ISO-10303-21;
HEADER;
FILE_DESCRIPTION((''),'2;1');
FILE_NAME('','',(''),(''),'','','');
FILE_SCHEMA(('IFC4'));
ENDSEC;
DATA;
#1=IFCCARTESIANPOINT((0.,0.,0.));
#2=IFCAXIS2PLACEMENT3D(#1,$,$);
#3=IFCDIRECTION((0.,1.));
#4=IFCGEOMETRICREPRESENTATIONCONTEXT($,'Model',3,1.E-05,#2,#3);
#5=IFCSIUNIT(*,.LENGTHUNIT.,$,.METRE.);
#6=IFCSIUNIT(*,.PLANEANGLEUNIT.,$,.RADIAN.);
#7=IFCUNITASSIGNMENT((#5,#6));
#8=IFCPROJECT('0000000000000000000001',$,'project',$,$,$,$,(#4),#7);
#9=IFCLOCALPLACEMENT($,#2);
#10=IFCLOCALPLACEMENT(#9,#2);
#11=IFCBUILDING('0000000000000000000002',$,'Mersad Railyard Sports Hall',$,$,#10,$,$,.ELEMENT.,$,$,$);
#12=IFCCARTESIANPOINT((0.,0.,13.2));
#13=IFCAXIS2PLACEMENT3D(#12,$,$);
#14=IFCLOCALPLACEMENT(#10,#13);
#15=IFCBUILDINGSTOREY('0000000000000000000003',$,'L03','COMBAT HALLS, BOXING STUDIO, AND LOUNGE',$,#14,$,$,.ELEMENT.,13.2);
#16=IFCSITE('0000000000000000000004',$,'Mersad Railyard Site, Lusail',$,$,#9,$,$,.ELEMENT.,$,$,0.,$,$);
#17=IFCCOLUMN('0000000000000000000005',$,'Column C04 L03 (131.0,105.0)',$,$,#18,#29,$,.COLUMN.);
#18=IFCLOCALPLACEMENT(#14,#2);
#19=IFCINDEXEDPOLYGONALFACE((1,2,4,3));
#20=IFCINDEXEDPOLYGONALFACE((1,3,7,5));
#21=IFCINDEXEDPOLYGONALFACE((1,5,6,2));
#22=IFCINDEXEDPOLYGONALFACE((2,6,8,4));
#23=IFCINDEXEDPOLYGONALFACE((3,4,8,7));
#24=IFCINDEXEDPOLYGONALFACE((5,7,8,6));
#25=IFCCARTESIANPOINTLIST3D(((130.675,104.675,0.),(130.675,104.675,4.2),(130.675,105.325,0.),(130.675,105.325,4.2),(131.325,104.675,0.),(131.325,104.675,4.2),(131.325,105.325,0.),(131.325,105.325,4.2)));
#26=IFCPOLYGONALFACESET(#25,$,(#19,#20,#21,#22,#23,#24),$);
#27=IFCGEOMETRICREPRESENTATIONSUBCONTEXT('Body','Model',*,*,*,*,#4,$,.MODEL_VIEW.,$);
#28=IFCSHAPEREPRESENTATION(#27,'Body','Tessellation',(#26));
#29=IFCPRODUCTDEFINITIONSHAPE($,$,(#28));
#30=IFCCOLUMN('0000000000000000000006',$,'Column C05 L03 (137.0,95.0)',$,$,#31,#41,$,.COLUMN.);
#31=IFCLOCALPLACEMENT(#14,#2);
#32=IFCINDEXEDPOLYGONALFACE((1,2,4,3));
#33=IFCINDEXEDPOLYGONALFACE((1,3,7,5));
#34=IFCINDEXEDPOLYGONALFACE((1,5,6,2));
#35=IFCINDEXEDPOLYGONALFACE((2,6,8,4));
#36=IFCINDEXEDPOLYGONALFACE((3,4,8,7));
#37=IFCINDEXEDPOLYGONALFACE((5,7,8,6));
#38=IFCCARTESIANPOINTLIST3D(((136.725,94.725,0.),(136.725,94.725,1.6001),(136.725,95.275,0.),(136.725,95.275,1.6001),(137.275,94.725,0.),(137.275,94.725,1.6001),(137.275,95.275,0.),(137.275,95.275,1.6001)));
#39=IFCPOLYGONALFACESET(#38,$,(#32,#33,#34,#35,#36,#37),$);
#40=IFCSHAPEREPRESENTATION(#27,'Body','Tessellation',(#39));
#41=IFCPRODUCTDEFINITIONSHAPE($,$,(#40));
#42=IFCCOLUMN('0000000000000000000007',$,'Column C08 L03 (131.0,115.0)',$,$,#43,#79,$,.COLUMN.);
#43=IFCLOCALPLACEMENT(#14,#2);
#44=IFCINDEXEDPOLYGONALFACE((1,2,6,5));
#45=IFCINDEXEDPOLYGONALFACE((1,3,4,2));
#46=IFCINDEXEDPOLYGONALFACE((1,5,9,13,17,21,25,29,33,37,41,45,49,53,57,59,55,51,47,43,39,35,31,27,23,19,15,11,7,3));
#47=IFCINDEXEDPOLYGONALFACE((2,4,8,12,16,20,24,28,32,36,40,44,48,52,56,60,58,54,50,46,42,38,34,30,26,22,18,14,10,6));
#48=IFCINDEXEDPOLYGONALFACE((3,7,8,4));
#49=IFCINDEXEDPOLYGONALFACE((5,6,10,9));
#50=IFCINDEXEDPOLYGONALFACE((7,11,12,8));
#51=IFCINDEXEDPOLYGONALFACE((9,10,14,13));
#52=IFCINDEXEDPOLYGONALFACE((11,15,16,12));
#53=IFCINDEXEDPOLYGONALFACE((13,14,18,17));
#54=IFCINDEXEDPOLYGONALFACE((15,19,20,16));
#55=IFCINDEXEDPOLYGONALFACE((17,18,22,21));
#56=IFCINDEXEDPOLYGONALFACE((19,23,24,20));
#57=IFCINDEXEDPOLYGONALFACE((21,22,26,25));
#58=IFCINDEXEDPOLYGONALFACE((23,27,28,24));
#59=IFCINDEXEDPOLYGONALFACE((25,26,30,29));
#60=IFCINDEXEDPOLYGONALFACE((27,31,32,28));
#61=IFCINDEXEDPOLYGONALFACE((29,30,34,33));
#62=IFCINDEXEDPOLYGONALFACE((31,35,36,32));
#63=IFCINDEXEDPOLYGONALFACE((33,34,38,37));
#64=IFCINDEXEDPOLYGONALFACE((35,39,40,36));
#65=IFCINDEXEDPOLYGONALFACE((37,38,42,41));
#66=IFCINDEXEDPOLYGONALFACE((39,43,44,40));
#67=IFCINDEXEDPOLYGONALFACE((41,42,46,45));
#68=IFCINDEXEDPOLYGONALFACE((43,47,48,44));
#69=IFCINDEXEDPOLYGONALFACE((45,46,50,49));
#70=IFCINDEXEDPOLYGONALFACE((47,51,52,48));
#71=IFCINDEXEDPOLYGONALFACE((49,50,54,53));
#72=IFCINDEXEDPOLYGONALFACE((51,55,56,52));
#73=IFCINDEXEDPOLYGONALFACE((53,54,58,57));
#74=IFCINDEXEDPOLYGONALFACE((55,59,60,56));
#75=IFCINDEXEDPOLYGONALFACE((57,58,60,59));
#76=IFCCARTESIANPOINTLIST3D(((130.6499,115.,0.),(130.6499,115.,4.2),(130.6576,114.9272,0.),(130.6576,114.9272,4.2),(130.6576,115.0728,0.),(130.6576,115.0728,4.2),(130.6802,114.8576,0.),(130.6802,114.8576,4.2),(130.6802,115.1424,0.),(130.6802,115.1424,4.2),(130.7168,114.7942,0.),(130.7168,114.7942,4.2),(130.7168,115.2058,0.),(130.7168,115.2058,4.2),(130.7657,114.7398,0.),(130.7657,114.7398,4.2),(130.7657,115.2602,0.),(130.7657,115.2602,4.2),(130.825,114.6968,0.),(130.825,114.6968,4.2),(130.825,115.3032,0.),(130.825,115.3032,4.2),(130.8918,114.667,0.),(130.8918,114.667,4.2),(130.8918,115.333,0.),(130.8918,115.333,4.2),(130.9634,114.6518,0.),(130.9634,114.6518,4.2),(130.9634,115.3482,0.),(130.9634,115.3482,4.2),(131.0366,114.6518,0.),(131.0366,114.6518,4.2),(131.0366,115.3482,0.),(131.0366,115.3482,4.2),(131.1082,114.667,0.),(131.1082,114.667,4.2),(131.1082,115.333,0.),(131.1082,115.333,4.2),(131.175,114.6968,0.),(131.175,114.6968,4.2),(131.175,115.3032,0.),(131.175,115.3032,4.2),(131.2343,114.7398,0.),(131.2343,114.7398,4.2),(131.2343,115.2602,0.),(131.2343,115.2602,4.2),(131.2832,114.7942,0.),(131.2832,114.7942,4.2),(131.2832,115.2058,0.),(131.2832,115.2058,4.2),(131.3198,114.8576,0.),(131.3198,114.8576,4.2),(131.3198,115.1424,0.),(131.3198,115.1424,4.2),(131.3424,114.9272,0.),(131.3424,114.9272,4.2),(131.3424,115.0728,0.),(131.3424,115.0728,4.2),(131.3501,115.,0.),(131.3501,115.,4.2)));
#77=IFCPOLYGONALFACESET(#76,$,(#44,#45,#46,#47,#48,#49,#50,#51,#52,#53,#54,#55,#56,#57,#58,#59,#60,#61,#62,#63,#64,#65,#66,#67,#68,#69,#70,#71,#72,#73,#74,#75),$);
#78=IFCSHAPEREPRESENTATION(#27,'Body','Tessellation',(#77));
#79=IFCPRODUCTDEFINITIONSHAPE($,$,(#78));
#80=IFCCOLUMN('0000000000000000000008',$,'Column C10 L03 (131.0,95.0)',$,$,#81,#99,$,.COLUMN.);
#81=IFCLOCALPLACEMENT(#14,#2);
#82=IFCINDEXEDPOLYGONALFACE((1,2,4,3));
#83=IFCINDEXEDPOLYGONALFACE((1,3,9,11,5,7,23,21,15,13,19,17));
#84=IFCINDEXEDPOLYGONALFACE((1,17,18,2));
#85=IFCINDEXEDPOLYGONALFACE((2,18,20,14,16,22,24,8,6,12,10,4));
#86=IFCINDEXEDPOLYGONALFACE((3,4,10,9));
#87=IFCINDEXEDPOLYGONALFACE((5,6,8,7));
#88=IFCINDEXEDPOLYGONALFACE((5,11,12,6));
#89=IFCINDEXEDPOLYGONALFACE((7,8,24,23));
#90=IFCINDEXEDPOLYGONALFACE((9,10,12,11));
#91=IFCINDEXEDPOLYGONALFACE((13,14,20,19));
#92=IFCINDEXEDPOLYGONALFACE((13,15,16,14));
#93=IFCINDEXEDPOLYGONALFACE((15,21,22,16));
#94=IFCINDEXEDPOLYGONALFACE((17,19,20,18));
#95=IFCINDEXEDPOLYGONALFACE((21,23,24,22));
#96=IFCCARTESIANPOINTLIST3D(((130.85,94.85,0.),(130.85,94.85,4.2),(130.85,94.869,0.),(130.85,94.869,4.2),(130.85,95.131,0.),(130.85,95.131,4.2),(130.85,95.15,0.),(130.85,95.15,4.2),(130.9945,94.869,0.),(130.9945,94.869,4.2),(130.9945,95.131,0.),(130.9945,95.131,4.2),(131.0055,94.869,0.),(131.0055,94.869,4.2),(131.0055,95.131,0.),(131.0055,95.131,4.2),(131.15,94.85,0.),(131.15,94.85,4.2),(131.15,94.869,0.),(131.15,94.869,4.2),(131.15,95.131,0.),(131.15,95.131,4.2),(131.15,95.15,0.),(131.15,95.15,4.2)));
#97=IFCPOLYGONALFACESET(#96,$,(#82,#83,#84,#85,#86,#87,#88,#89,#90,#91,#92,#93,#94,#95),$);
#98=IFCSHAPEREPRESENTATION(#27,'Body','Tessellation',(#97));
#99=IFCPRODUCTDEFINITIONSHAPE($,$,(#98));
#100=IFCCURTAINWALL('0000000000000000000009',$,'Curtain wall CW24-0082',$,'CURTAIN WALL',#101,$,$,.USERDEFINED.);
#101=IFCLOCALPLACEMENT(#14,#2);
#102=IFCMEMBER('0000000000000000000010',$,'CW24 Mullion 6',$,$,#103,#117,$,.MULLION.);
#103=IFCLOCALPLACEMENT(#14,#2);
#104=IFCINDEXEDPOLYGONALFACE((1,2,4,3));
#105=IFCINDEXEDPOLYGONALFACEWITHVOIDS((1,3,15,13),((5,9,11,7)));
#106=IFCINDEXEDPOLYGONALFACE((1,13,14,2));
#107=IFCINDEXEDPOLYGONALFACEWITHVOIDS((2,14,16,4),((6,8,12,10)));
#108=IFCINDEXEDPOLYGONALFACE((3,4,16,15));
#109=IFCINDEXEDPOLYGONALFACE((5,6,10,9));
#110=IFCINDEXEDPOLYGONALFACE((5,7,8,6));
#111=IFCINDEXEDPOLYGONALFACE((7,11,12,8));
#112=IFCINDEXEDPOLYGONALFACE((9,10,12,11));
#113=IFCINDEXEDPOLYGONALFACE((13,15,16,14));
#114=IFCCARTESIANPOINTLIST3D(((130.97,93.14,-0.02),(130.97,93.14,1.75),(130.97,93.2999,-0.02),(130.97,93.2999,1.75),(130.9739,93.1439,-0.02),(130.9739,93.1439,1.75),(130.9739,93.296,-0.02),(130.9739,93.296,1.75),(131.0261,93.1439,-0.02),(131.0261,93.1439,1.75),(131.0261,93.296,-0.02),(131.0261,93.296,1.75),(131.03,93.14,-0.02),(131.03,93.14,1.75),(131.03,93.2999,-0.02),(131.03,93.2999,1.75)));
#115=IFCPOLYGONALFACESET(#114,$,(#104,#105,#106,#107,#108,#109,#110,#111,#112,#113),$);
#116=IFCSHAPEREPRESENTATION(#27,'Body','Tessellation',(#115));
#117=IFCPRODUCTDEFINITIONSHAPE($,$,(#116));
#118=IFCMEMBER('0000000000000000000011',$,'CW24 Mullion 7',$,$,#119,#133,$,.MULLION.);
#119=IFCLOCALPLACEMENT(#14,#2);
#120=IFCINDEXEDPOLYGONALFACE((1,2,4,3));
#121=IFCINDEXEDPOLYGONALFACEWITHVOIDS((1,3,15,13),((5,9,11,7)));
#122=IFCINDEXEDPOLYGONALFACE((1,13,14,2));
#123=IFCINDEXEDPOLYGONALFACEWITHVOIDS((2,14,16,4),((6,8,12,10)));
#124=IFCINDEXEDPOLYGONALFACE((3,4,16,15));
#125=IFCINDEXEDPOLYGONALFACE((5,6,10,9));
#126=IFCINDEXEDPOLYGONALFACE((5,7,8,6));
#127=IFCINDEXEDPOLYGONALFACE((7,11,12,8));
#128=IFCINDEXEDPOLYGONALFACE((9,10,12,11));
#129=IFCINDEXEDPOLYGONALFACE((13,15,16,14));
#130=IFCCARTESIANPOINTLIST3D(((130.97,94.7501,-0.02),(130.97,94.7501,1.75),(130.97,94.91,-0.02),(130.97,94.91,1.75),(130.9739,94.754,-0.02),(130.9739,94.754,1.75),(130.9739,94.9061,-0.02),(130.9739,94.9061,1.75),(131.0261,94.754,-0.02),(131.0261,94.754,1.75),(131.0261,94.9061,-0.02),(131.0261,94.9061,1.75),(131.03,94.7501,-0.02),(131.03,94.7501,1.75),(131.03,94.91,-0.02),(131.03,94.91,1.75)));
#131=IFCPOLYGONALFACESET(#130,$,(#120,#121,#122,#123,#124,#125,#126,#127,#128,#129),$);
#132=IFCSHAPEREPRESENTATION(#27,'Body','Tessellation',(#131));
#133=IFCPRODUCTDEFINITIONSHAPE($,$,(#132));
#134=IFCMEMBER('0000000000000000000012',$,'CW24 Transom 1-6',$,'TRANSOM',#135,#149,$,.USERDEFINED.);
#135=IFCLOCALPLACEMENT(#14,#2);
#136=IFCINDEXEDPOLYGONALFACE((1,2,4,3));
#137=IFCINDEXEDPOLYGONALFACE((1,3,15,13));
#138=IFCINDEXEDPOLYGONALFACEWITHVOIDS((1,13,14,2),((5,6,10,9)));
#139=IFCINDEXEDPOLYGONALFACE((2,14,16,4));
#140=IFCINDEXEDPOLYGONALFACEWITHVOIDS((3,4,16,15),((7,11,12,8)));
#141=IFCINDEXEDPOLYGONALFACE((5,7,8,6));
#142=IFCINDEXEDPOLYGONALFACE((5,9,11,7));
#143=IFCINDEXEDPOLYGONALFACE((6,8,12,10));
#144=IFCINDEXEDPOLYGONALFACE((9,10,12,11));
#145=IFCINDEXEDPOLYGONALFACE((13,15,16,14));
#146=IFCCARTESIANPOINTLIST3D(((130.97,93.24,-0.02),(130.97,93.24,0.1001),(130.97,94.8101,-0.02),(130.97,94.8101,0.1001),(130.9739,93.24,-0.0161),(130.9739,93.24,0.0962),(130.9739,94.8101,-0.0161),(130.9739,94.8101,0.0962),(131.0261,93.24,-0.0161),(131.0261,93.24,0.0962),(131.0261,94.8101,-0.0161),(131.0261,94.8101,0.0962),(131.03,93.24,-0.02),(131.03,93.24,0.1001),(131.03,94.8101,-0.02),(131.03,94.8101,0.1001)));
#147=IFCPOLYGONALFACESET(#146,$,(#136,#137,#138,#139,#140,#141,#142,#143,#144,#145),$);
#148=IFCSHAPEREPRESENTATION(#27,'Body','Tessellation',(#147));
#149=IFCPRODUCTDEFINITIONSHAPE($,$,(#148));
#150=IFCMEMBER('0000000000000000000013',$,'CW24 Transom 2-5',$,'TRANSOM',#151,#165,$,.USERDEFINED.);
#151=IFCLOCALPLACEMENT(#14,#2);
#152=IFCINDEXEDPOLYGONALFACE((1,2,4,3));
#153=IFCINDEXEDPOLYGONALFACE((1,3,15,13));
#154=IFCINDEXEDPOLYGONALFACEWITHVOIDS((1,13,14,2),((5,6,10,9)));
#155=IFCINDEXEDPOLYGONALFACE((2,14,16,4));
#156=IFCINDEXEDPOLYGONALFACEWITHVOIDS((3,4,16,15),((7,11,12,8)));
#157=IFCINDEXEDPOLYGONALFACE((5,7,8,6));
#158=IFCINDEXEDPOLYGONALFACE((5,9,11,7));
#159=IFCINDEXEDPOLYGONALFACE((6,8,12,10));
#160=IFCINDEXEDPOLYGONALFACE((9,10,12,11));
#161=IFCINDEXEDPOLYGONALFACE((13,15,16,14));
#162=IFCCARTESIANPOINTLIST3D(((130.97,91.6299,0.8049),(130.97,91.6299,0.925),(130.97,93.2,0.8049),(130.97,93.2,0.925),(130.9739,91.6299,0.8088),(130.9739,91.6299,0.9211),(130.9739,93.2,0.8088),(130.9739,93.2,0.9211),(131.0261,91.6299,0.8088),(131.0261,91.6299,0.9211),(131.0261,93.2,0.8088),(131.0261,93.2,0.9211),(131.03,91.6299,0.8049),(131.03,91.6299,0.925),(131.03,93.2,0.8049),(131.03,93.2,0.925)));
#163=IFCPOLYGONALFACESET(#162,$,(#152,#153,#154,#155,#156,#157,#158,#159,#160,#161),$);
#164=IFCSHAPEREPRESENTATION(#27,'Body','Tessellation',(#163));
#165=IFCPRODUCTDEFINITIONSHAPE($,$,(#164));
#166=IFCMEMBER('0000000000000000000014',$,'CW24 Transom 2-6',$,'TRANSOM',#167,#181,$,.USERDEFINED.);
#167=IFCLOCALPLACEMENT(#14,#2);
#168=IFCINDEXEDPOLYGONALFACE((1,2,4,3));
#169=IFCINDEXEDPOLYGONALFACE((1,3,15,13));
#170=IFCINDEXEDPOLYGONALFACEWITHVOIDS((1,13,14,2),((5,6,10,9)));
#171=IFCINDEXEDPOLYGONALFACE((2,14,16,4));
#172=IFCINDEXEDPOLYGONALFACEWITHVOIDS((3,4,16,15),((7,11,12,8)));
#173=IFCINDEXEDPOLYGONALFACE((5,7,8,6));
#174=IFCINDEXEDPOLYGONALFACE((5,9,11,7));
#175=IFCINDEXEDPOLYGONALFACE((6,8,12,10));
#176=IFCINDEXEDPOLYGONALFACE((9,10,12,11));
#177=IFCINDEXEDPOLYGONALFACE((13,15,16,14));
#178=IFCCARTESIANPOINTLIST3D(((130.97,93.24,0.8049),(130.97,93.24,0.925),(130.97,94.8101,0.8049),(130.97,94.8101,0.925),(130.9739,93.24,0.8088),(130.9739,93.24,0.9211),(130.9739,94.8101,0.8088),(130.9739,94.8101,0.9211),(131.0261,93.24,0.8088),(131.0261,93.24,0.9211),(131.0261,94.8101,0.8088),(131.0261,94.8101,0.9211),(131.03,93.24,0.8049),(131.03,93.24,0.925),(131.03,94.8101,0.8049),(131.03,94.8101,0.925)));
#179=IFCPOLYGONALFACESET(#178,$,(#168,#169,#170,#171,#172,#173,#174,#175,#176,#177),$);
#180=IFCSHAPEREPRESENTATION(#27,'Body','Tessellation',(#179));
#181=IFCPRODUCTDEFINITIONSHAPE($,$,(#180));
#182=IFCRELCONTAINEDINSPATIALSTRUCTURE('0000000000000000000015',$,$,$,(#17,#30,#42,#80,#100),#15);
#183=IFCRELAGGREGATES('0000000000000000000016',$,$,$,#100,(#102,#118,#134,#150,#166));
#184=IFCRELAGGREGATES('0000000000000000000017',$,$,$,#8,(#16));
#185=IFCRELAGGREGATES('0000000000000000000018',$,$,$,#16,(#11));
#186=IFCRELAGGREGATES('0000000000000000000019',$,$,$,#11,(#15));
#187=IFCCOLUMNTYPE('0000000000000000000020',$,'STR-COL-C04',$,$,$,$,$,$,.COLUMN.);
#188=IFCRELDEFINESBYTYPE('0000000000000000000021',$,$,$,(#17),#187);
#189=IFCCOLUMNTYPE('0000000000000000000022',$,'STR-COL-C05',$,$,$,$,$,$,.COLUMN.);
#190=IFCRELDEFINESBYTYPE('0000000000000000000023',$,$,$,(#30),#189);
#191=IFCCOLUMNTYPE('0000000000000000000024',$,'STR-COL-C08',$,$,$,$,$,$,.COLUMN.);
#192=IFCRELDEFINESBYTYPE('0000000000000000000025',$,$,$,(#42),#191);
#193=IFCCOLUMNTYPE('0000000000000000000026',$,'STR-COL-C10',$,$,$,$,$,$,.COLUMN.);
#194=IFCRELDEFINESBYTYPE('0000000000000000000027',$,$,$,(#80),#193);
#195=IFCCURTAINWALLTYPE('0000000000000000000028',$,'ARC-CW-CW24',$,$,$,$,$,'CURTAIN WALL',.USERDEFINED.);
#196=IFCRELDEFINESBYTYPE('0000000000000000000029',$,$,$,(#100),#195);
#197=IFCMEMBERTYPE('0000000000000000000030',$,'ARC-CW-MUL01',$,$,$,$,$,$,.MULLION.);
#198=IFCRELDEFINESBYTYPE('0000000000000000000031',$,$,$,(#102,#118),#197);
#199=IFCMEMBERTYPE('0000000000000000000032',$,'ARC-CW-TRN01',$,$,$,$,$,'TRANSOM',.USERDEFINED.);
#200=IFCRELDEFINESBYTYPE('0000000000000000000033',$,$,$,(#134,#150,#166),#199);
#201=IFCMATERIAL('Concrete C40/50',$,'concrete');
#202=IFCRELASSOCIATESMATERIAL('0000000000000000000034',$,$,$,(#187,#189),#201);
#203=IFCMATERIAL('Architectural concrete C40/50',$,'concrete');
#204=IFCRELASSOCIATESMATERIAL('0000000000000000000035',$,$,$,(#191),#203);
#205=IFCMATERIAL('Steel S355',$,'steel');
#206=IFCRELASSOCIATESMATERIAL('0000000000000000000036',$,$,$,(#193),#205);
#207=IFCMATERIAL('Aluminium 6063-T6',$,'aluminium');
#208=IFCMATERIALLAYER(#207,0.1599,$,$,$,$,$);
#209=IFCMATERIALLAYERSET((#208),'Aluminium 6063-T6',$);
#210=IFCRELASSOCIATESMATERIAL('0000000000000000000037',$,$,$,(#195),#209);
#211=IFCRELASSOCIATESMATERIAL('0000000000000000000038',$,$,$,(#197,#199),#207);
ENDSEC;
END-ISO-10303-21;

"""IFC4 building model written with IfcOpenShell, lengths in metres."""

from ifc_helpers import new_model, si_unit, direction, frame, origin, origin_2d, place, context, subcontext, project, spatial, rectangle, hollow_rectangle, circle, i_section, extrude, material, layer, layer_set, material_profile, profile_set, type_object, element, aggregate, save


model = new_model("IFC4")

# Units and contexts
model_context = context("Model", 3, precision=1e-05, world=origin(), true_north=direction((0.0, 1.0)))
body_context = subcontext(model_context, "Body", "Model", "MODEL_VIEW")
ifc_project = project(units=[si_unit("LENGTHUNIT", "METRE"), si_unit("PLANEANGLEUNIT", "RADIAN")], contexts=[model_context])

# Site, building, storey
site_placement = place(None, origin())
site = spatial("IfcSite", under=ifc_project, at=site_placement, Name="Mersad Railyard Site, Lusail", CompositionType="ELEMENT", RefElevation=0.0)
building_placement = place(site_placement, origin())
building = spatial("IfcBuilding", under=site, at=building_placement, Name="Mersad Railyard Sports Hall", CompositionType="ELEMENT")
storey_placement = place(building_placement, frame((0.0, 0.0, 13.2)))
storey = spatial("IfcBuildingStorey", under=building, at=storey_placement, Name="L03", Description="COMBAT HALLS, BOXING STUDIO, AND LOUNGE", CompositionType="ELEMENT", Elevation=13.2)

# Columns
ifc_material_1 = material(Name="Concrete C40/50", Category="concrete")
ifc_material_profile_1 = material_profile(ifc_material_1, rectangle(XDim=0.6499, YDim=0.6499, at=origin_2d()), Name="RC 650x650")
ifc_profile_set_1 = profile_set([ifc_material_profile_1], Name="Concrete C40/50")
column_type_1 = type_object("IfcColumnType", Name="STR-COL-C04", PredefinedType="COLUMN", material=ifc_profile_set_1)
column_1_placement = place(storey_placement, frame((131.0, 105.0, 0.0), z_axis=(0.0, 0.0, 1.0), x_axis=(1.0, 0.0, 0.0)))
element("IfcColumn", 1, at=column_1_placement, inside=storey, type_object=column_type_1, Name="Column C04 L03 (131.0,105.0)", PredefinedType="COLUMN", context=body_context, shape_type="SweptSolid", body=[
    extrude(rectangle(XDim=0.6499, YDim=0.6499, at=origin_2d()), origin(), (0.0, 0.0, 1.0), 4.2),
])
ifc_material_profile_2 = material_profile(ifc_material_1, rectangle(XDim=0.55, YDim=0.55, at=origin_2d()), Name="RC 550x550")
ifc_profile_set_2 = profile_set([ifc_material_profile_2], Name="Concrete C40/50")
column_type_2 = type_object("IfcColumnType", Name="STR-COL-C05", PredefinedType="COLUMN", material=ifc_profile_set_2)
column_2_placement = place(storey_placement, frame((137.0, 95.0, 0.0), z_axis=(0.0, 0.0, 1.0), x_axis=(1.0, 0.0, 0.0)))
element("IfcColumn", 2, at=column_2_placement, inside=storey, type_object=column_type_2, Name="Column C05 L03 (137.0,95.0)", PredefinedType="COLUMN", context=body_context, shape_type="SweptSolid", body=[
    extrude(rectangle(XDim=0.55, YDim=0.55, at=origin_2d()), origin(), (0.0, 0.0, 1.0), 1.6001),
])
ifc_material_2 = material(Name="Architectural concrete C40/50", Category="concrete")
ifc_material_profile_3 = material_profile(ifc_material_2, circle(Radius=0.3501, at=origin_2d()), Name="RC D700")
ifc_profile_set_3 = profile_set([ifc_material_profile_3], Name="Architectural concrete C40/50")
column_type_3 = type_object("IfcColumnType", Name="STR-COL-C08", PredefinedType="COLUMN", material=ifc_profile_set_3)
column_3_placement = place(storey_placement, frame((131.0, 115.0, 0.0), z_axis=(0.0, 0.0, 1.0), x_axis=(1.0, 0.0, 0.0)))
element("IfcColumn", 3, at=column_3_placement, inside=storey, type_object=column_type_3, Name="Column C08 L03 (131.0,115.0)", PredefinedType="COLUMN", context=body_context, shape_type="SweptSolid", body=[
    extrude(circle(Radius=0.3501, at=origin_2d()), origin(), (0.0, 0.0, 1.0), 4.2),
])
ifc_material_3 = material(Name="Steel S355", Category="steel")
ifc_material_profile_4 = material_profile(ifc_material_3, i_section(OverallWidth=0.3, OverallDepth=0.3, WebThickness=0.011, FlangeThickness=0.019, at=origin_2d()), Name="HEB 300")
ifc_profile_set_4 = profile_set([ifc_material_profile_4], Name="Steel S355")
column_type_4 = type_object("IfcColumnType", Name="STR-COL-C10", PredefinedType="COLUMN", material=ifc_profile_set_4)
column_4_placement = place(storey_placement, frame((131.0, 95.0, 0.0), z_axis=(0.0, 0.0, 1.0), x_axis=(1.0, 0.0, 0.0)))
element("IfcColumn", 4, at=column_4_placement, inside=storey, type_object=column_type_4, Name="Column C10 L03 (131.0,95.0)", PredefinedType="COLUMN", context=body_context, shape_type="SweptSolid", body=[
    extrude(i_section(OverallWidth=0.3, OverallDepth=0.3, WebThickness=0.011, FlangeThickness=0.019, at=origin_2d()), origin(), (0.0, 0.0, 1.0), 4.2),
])

# Curtain wall, members
ifc_material_4 = material(Name="Aluminium 6063-T6", Category="aluminium")
ifc_layer_1 = layer(ifc_material_4, 0.1599)
ifc_layer_set_1 = layer_set([ifc_layer_1], Name="Aluminium 6063-T6")
curtain_wall_type = type_object("IfcCurtainWallType", Name="ARC-CW-CW24", ElementType="CURTAIN WALL", PredefinedType="USERDEFINED", material=ifc_layer_set_1)
curtain_wall_placement = place(storey_placement, origin())
curtain_wall = element("IfcCurtainWall", 5, at=curtain_wall_placement, inside=storey, type_object=curtain_wall_type, Name="Curtain wall CW24-0082", ObjectType="CURTAIN WALL", PredefinedType="USERDEFINED")
ifc_material_profile_5 = material_profile(ifc_material_4, hollow_rectangle(XDim=0.0601, YDim=0.1599, WallThickness=0.0039, at=origin_2d()), Name="AL MULLION 60x160x4")
ifc_profile_set_5 = profile_set([ifc_material_profile_5], Name="Aluminium 6063-T6")
member_type_1 = type_object("IfcMemberType", Name="ARC-CW-MUL01", PredefinedType="MULLION", material=ifc_profile_set_5)
member_1_placement = place(storey_placement, frame((131.0, 93.22, -0.02), z_axis=(0.0, 0.0, 1.0), x_axis=(1.0, 0.0, 0.0)))
member_1 = element("IfcMember", 6, at=member_1_placement, type_object=member_type_1, Name="CW24 Mullion 6", PredefinedType="MULLION", context=body_context, shape_type="SweptSolid", body=[
    extrude(hollow_rectangle(XDim=0.0601, YDim=0.1599, WallThickness=0.0039, at=origin_2d()), origin(), (0.0, 0.0, 1.0), 1.77),
])
member_2_placement = place(storey_placement, frame((131.0, 94.8301, -0.02), z_axis=(0.0, 0.0, 1.0), x_axis=(1.0, 0.0, 0.0)))
member_2 = element("IfcMember", 7, at=member_2_placement, type_object=member_type_1, Name="CW24 Mullion 7", PredefinedType="MULLION", context=body_context, shape_type="SweptSolid", body=[
    extrude(hollow_rectangle(XDim=0.0601, YDim=0.1599, WallThickness=0.0039, at=origin_2d()), origin(), (0.0, 0.0, 1.0), 1.77),
])
ifc_material_profile_6 = material_profile(ifc_material_4, hollow_rectangle(XDim=0.0601, YDim=0.1201, WallThickness=0.0039, at=origin_2d()), Name="AL TRANSOM 60x120x4")
ifc_profile_set_6 = profile_set([ifc_material_profile_6], Name="Aluminium 6063-T6")
member_type_2 = type_object("IfcMemberType", Name="ARC-CW-TRN01", ElementType="TRANSOM", PredefinedType="USERDEFINED", material=ifc_profile_set_6)
member_3_placement = place(storey_placement, frame((131.0, 93.24, 0.04), z_axis=(0.0, 1.0, 0.0), x_axis=(-1.0, 0.0, 0.0)))
member_3 = element("IfcMember", 8, at=member_3_placement, type_object=member_type_2, Name="CW24 Transom 1-6", ObjectType="TRANSOM", PredefinedType="USERDEFINED", context=body_context, shape_type="SweptSolid", body=[
    extrude(hollow_rectangle(XDim=0.0601, YDim=0.1201, WallThickness=0.0039, at=origin_2d()), origin(), (0.0, 0.0, 1.0), 1.5701),
])
member_4_placement = place(storey_placement, frame((131.0, 91.6299, 0.865), z_axis=(0.0, 1.0, 0.0), x_axis=(-1.0, 0.0, 0.0)))
member_4 = element("IfcMember", 9, at=member_4_placement, type_object=member_type_2, Name="CW24 Transom 2-5", ObjectType="TRANSOM", PredefinedType="USERDEFINED", context=body_context, shape_type="SweptSolid", body=[
    extrude(hollow_rectangle(XDim=0.0601, YDim=0.1201, WallThickness=0.0039, at=origin_2d()), origin(), (0.0, 0.0, 1.0), 1.5701),
])
member_5_placement = place(storey_placement, frame((131.0, 93.24, 0.865), z_axis=(0.0, 1.0, 0.0), x_axis=(-1.0, 0.0, 0.0)))
member_5 = element("IfcMember", 10, at=member_5_placement, type_object=member_type_2, Name="CW24 Transom 2-6", ObjectType="TRANSOM", PredefinedType="USERDEFINED", context=body_context, shape_type="SweptSolid", body=[
    extrude(hollow_rectangle(XDim=0.0601, YDim=0.1201, WallThickness=0.0039, at=origin_2d()), origin(), (0.0, 0.0, 1.0), 1.5701),
])

aggregate(curtain_wall, [member_1, member_2, member_3, member_4, member_5])

save(model, "model.ifc")
